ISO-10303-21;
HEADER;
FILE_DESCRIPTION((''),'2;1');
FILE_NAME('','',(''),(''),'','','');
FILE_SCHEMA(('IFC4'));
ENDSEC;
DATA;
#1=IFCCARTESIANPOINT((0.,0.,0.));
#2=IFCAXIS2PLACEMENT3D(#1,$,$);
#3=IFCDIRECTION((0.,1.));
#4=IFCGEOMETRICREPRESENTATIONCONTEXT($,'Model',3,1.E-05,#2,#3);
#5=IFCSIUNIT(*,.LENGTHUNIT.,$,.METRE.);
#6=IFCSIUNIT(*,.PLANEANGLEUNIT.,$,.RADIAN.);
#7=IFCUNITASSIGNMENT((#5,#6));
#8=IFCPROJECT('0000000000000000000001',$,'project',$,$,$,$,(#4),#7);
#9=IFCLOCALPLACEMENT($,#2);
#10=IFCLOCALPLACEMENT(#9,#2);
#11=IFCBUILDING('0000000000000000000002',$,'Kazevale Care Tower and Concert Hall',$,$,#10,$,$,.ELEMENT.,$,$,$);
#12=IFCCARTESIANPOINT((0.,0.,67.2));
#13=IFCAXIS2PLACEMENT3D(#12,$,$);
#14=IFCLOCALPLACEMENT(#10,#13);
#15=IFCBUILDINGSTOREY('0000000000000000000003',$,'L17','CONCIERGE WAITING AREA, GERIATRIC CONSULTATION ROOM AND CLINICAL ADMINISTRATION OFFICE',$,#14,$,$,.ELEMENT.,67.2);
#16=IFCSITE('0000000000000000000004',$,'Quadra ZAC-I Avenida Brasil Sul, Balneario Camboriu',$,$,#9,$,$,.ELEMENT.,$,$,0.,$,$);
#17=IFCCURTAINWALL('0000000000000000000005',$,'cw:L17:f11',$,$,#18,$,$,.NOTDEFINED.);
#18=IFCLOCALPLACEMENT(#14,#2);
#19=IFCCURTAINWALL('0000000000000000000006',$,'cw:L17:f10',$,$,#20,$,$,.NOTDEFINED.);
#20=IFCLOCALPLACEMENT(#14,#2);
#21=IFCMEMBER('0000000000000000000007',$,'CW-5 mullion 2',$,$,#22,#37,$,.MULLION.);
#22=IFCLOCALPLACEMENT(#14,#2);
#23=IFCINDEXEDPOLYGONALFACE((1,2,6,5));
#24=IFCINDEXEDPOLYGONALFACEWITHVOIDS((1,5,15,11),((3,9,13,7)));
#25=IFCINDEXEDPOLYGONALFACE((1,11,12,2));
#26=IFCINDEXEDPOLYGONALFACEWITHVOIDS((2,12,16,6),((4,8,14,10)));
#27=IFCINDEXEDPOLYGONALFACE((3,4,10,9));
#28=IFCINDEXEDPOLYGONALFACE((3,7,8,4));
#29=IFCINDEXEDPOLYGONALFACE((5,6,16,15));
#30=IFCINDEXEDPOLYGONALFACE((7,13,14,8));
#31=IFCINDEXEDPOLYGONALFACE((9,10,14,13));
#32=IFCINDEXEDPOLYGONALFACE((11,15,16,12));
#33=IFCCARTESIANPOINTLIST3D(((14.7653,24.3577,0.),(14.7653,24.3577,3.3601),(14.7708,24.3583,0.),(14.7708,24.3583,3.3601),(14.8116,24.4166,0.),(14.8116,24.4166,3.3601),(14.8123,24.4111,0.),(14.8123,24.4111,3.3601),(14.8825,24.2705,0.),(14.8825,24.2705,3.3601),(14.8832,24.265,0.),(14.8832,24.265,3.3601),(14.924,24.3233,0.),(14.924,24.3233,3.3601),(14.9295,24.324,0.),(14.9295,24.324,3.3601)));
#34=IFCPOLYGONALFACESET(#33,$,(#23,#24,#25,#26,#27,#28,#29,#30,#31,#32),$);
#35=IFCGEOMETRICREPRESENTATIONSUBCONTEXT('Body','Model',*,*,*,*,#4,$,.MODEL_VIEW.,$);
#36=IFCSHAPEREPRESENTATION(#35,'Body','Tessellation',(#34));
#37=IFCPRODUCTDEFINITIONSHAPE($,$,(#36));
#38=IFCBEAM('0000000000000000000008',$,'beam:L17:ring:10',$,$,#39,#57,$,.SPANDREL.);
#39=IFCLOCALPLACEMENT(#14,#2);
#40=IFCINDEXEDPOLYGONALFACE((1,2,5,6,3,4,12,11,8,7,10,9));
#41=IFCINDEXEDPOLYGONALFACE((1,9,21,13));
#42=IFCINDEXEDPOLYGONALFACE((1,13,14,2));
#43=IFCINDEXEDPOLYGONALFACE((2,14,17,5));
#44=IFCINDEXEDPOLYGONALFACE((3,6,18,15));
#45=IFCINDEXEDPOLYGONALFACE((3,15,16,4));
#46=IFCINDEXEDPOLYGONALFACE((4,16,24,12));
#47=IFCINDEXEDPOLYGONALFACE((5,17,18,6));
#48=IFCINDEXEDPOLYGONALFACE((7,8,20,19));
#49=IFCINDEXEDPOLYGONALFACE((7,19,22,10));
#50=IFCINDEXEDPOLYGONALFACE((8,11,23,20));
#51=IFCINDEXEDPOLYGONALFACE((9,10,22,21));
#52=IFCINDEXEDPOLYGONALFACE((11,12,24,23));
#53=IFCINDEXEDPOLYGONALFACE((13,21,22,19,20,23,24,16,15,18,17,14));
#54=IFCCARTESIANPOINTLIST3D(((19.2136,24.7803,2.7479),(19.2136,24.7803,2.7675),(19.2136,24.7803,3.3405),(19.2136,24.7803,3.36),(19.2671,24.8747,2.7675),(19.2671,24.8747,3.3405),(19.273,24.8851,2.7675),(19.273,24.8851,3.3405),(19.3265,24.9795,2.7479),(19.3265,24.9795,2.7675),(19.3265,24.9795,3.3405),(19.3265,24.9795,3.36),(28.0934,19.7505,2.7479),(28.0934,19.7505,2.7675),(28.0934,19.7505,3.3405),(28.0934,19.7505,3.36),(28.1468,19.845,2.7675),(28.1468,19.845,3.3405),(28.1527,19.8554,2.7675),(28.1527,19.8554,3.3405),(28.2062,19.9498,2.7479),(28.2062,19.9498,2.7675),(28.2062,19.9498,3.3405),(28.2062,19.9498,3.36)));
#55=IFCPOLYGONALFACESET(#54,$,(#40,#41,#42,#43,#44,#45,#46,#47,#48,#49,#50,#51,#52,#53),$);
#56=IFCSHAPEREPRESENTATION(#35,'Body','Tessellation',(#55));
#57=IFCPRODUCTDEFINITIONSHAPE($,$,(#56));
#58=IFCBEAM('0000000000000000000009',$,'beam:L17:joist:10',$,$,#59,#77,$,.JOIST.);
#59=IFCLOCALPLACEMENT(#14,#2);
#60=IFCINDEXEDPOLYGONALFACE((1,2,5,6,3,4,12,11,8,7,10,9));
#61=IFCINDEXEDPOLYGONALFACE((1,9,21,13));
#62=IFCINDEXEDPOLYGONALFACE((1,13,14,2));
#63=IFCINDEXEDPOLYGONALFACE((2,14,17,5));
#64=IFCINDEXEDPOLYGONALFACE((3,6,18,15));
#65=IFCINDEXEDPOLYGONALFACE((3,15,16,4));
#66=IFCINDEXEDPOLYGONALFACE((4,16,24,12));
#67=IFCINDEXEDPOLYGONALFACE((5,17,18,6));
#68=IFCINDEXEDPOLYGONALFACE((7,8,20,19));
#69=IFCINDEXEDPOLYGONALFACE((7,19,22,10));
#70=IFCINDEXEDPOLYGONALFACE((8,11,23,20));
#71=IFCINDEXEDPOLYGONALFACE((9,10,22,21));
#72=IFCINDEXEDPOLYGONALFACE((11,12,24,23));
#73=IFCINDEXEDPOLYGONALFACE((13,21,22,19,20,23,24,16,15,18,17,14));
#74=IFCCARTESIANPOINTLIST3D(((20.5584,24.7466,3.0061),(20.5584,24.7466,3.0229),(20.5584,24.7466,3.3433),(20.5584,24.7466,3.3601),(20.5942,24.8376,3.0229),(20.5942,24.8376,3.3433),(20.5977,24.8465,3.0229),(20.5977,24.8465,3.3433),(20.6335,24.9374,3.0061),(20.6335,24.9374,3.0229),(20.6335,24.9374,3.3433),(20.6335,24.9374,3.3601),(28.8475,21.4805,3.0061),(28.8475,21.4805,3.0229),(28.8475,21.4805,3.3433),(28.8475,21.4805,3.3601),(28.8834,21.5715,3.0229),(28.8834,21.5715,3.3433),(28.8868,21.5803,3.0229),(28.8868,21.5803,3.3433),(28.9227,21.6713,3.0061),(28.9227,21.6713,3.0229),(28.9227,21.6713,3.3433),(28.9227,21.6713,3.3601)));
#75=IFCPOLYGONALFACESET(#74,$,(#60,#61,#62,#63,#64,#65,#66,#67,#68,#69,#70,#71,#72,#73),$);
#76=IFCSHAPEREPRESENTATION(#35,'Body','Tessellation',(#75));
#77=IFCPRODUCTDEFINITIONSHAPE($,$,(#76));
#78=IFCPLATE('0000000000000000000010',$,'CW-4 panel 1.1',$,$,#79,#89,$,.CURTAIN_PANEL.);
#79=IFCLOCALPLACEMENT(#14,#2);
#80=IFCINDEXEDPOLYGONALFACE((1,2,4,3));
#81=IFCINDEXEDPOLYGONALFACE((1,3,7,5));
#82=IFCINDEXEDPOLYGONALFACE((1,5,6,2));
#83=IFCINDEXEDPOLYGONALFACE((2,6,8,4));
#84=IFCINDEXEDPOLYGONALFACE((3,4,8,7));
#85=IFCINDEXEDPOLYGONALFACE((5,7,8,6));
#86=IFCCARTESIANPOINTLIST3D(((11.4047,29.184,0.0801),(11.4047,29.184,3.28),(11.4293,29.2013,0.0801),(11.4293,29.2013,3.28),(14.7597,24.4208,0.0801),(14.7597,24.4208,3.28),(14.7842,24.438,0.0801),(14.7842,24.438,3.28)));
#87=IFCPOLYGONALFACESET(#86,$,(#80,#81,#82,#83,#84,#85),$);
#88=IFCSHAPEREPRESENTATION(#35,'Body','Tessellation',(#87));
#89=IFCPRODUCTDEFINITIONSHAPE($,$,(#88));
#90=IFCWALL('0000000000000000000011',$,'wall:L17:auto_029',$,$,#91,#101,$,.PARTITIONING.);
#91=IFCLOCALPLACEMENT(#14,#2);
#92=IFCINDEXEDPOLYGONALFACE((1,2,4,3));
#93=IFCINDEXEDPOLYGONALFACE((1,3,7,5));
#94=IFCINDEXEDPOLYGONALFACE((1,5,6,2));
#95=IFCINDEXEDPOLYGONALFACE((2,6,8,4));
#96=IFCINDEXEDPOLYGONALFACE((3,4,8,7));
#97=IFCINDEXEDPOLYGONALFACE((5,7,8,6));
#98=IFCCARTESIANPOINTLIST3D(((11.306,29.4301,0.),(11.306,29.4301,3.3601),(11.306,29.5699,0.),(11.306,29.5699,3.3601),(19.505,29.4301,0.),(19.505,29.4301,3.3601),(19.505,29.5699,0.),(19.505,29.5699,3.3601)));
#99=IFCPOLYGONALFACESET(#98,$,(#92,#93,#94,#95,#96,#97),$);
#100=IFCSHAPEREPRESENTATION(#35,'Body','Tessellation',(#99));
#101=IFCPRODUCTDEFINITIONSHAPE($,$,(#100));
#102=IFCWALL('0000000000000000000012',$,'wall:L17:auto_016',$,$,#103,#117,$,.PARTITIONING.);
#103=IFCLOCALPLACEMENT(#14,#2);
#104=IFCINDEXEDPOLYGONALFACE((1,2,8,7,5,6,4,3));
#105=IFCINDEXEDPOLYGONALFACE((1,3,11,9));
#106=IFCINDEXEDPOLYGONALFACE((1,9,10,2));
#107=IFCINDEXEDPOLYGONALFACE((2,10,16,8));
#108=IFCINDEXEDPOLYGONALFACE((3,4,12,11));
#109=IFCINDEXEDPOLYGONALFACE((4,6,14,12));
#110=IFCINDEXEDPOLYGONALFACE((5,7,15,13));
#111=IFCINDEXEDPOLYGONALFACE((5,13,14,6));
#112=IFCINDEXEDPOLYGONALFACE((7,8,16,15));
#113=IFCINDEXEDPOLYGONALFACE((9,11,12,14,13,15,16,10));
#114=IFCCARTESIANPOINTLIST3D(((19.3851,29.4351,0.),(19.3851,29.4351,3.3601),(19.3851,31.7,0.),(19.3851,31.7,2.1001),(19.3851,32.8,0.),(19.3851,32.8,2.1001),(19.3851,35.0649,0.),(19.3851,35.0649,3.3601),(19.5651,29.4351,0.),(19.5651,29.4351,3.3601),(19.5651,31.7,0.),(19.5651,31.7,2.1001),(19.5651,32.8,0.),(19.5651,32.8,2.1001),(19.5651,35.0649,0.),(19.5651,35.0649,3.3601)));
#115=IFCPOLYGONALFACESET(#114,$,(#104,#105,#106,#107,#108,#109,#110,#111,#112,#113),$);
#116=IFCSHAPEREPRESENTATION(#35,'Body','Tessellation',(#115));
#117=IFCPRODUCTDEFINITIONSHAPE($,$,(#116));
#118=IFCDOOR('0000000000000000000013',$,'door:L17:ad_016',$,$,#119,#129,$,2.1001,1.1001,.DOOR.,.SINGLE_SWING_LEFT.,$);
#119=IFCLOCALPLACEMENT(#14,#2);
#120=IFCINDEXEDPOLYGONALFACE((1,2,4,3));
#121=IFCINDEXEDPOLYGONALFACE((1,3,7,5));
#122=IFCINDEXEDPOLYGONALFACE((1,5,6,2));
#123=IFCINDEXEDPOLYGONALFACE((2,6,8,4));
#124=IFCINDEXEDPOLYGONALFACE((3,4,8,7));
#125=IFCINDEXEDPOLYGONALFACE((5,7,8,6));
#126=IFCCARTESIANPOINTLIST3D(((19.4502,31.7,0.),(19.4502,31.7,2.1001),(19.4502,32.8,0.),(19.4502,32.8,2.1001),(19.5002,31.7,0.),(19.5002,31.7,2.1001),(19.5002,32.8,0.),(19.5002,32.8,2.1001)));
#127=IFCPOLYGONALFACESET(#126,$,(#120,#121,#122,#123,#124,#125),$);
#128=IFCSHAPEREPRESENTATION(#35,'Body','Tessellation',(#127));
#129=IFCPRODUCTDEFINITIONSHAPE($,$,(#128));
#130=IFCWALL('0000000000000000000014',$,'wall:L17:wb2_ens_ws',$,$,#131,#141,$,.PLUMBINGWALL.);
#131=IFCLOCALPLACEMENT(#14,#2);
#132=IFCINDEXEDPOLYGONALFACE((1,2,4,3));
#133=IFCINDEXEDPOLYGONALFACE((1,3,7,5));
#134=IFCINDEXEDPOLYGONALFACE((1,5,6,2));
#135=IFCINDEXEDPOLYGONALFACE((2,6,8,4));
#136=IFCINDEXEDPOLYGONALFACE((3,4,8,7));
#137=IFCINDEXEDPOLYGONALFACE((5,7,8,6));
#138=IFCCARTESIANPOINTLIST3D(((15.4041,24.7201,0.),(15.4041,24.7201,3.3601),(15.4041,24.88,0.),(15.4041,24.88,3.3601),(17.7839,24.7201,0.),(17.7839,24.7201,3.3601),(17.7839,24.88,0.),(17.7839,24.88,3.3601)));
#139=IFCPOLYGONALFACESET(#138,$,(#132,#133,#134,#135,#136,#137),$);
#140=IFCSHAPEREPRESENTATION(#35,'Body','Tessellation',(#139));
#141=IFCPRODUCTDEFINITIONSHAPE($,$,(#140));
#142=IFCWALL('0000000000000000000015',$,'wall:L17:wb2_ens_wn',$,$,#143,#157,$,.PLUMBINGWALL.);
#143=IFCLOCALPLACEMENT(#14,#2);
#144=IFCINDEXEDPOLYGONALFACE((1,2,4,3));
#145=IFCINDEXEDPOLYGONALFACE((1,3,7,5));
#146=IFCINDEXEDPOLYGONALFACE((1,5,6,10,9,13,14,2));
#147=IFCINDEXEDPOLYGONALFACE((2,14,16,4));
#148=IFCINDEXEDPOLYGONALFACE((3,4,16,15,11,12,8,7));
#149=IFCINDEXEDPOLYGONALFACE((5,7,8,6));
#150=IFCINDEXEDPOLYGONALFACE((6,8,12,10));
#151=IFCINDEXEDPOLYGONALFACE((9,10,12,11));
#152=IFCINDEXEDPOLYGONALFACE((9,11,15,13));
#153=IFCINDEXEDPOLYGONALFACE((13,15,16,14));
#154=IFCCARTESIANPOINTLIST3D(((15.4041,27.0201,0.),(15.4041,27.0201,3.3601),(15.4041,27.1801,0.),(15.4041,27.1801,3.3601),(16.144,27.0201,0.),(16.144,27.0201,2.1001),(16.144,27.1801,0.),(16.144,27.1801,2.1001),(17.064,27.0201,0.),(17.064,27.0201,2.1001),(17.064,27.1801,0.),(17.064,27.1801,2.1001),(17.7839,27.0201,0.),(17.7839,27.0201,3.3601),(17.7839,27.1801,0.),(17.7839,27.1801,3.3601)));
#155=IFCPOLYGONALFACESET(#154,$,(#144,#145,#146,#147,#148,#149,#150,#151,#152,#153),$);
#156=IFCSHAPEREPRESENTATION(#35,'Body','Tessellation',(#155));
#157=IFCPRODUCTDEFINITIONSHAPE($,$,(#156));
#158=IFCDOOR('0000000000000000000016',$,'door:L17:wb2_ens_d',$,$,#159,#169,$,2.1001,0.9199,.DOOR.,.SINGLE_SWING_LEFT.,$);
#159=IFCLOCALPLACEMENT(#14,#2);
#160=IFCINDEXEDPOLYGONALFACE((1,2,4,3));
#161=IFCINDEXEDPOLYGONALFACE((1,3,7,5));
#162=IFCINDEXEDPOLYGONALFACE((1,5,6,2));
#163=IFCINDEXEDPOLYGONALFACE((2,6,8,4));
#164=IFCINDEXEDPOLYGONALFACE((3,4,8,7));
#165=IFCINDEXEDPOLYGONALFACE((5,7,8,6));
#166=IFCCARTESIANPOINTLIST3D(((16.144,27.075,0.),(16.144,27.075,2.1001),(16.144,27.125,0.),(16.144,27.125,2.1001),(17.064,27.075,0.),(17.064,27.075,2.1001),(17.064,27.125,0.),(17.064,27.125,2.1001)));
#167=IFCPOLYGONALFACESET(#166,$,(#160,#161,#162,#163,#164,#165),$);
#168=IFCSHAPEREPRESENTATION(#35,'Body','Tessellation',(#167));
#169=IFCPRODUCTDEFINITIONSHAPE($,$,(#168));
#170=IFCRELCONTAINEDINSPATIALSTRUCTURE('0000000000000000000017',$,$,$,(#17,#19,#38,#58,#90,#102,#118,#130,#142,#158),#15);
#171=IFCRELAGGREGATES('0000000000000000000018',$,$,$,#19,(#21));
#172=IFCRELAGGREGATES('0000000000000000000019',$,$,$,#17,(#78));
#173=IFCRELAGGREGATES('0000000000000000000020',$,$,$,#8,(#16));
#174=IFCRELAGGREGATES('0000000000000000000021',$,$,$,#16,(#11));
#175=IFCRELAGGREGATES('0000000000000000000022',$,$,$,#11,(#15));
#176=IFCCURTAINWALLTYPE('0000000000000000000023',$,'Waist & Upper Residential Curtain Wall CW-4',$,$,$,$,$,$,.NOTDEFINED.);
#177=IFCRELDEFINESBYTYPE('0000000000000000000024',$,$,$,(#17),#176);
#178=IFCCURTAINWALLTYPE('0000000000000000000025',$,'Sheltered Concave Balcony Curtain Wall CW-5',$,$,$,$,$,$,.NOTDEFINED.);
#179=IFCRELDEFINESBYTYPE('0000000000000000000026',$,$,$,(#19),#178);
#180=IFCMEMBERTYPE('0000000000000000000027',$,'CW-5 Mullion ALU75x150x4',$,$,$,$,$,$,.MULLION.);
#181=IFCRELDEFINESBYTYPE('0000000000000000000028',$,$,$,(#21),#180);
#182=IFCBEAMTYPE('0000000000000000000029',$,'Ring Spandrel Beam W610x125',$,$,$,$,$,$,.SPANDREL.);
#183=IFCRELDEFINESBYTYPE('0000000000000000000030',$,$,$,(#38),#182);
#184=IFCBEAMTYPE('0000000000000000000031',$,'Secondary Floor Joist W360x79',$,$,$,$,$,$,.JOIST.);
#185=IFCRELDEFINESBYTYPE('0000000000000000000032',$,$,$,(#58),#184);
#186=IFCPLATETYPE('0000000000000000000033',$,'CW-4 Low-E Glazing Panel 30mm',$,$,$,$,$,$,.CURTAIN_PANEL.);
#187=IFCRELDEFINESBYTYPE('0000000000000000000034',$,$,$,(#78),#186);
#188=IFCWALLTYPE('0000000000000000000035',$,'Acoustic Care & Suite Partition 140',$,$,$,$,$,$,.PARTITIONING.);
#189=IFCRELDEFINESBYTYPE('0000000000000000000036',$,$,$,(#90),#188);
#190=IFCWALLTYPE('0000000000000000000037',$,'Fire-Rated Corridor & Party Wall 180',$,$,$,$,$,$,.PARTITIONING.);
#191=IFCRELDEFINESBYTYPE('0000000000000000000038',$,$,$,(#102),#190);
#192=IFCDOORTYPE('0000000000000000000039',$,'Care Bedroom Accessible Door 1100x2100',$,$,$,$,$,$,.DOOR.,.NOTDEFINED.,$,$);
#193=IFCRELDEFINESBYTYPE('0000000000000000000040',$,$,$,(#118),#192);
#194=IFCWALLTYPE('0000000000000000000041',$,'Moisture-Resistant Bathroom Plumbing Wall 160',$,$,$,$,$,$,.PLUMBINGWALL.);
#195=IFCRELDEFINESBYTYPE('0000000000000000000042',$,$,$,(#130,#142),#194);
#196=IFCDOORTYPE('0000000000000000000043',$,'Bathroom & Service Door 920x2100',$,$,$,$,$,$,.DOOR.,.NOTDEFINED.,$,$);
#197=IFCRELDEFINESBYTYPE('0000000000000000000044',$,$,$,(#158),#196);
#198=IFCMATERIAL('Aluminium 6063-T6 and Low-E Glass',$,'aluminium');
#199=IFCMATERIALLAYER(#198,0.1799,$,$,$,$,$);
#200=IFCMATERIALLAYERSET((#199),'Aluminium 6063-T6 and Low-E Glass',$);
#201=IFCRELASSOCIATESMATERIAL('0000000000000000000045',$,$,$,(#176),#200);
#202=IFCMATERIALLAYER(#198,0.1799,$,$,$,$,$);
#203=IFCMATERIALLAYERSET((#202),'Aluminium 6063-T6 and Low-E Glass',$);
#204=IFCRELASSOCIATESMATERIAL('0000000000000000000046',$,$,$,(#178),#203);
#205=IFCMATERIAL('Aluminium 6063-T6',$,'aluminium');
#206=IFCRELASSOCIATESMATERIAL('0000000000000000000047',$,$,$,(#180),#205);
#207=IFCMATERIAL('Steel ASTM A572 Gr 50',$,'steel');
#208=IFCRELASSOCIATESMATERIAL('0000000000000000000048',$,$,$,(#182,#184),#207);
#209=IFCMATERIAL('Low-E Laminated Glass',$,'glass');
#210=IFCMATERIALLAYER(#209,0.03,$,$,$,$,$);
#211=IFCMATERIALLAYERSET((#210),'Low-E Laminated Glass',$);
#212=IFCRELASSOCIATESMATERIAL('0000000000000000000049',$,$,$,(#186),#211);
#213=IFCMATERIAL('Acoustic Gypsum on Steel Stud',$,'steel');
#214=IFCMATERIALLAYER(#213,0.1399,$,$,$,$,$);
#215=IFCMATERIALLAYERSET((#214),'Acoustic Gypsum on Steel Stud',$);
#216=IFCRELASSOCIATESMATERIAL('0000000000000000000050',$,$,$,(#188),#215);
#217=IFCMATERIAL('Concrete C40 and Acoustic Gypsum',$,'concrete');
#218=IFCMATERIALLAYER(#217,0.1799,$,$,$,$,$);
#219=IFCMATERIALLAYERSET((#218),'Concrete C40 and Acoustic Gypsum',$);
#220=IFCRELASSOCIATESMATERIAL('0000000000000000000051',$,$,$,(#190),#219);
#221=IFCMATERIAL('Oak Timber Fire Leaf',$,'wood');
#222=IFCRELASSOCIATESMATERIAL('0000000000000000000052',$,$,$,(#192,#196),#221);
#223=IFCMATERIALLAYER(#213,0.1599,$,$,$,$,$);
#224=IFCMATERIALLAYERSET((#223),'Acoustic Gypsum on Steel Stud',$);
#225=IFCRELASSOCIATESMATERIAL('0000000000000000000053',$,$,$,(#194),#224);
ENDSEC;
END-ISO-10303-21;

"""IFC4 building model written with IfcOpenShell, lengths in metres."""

from ifc_helpers import new_model, si_unit, direction, frame, frame_2d, origin, origin_2d, place, context, subcontext, project, spatial, rectangle, hollow_rectangle, i_section, extrude, material, layer, layer_set, material_profile, profile_set, type_object, element, fill, aggregate, save


model = new_model("IFC4")

# Units and contexts
model_context = context("Model", 3, precision=1e-05, world=origin(), true_north=direction((0.0, 1.0)))
body_context = subcontext(model_context, "Body", "Model", "MODEL_VIEW")
ifc_project = project(units=[si_unit("LENGTHUNIT", "METRE"), si_unit("PLANEANGLEUNIT", "RADIAN")], contexts=[model_context])

# Site, building, storey
site_placement = place(None, origin())
site = spatial("IfcSite", under=ifc_project, at=site_placement, Name="Quadra ZAC-I Avenida Brasil Sul, Balneario Camboriu", CompositionType="ELEMENT", RefElevation=0.0)
building_placement = place(site_placement, origin())
building = spatial("IfcBuilding", under=site, at=building_placement, Name="Kazevale Care Tower and Concert Hall", CompositionType="ELEMENT")
storey_placement = place(building_placement, frame((0.0, 0.0, 67.2)))
storey = spatial("IfcBuildingStorey", under=building, at=storey_placement, Name="L17", Description="CONCIERGE WAITING AREA, GERIATRIC CONSULTATION ROOM AND CLINICAL ADMINISTRATION OFFICE", CompositionType="ELEMENT", Elevation=67.2)

# Curtain wall
ifc_material_1 = material(Name="Aluminium 6063-T6 and Low-E Glass", Category="aluminium")
ifc_layer_1 = layer(ifc_material_1, 0.1799)
ifc_layer_set_1 = layer_set([ifc_layer_1], Name="Aluminium 6063-T6 and Low-E Glass")
curtain_wall_type_1 = type_object("IfcCurtainWallType", Name="Waist & Upper Residential Curtain Wall CW-4", PredefinedType="NOTDEFINED", material=ifc_layer_set_1)
curtain_wall_1_placement = place(storey_placement, origin())
curtain_wall_1 = element("IfcCurtainWall", 1, at=curtain_wall_1_placement, inside=storey, type_object=curtain_wall_type_1, Name="cw:L17:f11", PredefinedType="NOTDEFINED")
ifc_material_2 = material(Name="Aluminium 6063-T6", Category="aluminium")

# Curtain wall, member
ifc_layer_2 = layer(ifc_material_1, 0.1799)
ifc_layer_set_2 = layer_set([ifc_layer_2], Name="Aluminium 6063-T6 and Low-E Glass")
curtain_wall_type_2 = type_object("IfcCurtainWallType", Name="Sheltered Concave Balcony Curtain Wall CW-5", PredefinedType="NOTDEFINED", material=ifc_layer_set_2)
curtain_wall_2_placement = place(storey_placement, origin())
curtain_wall_2 = element("IfcCurtainWall", 2, at=curtain_wall_2_placement, inside=storey, type_object=curtain_wall_type_2, Name="cw:L17:f10", PredefinedType="NOTDEFINED")
ifc_material_profile_1 = material_profile(ifc_material_2, hollow_rectangle(XDim=0.075, YDim=0.1499, WallThickness=0.0039, at=origin_2d()), Name="ALU75x150x4")
ifc_profile_set_1 = profile_set([ifc_material_profile_1], Name="Aluminium 6063-T6")
member_type_1 = type_object("IfcMemberType", Name="CW-5 Mullion ALU75x150x4", PredefinedType="MULLION", material=ifc_profile_set_1)
member_1_placement = place(storey_placement, frame((14.8474, 24.3408, 0.0), z_axis=(0.0, 0.0, 1.0), x_axis=(-0.617808, -0.786329, 0.0)))
member_1 = element("IfcMember", 3, at=member_1_placement, type_object=member_type_1, Name="CW-5 mullion 2", PredefinedType="MULLION", context=body_context, shape_type="SweptSolid", body=[
    extrude(hollow_rectangle(XDim=0.075, YDim=0.1499, WallThickness=0.0039, at=origin_2d()), origin(), (0.0, 0.0, 1.0), 3.3601),
])
aggregate(curtain_wall_2, [member_1])

# Beams
ifc_material_3 = material(Name="Steel ASTM A572 Gr 50", Category="steel")
ifc_material_profile_2 = material_profile(ifc_material_3, i_section(OverallWidth=0.229, OverallDepth=0.6121, WebThickness=0.012, FlangeThickness=0.0195, at=origin_2d()), Name="W610x125")
ifc_profile_set_2 = profile_set([ifc_material_profile_2], Name="Steel ASTM A572 Gr 50")
beam_type_1 = type_object("IfcBeamType", Name="Ring Spandrel Beam W610x125", PredefinedType="SPANDREL", material=ifc_profile_set_2)
beam_1_placement = place(storey_placement, frame((19.27, 24.8799, 3.054), z_axis=(0.870112, -0.492853, 0.0), x_axis=(0.492853, 0.870112, 0.0)))
element("IfcBeam", 4, at=beam_1_placement, inside=storey, type_object=beam_type_1, Name="beam:L17:ring:10", PredefinedType="SPANDREL", context=body_context, shape_type="SweptSolid", body=[
    extrude(i_section(OverallWidth=0.229, OverallDepth=0.6121, WebThickness=0.012, FlangeThickness=0.0195, at=origin_2d()), origin(), (0.0, 0.0, 1.0), 10.2053),
])
ifc_material_profile_3 = material_profile(ifc_material_3, i_section(OverallWidth=0.2051, OverallDepth=0.354, WebThickness=0.0095, FlangeThickness=0.0168, at=origin_2d()), Name="W360x79")
ifc_profile_set_3 = profile_set([ifc_material_profile_3], Name="Steel ASTM A572 Gr 50")
beam_type_2 = type_object("IfcBeamType", Name="Secondary Floor Joist W360x79", PredefinedType="JOIST", material=ifc_profile_set_3)
beam_2_placement = place(storey_placement, frame((20.5959, 24.842, 3.1831), z_axis=(0.930381, -0.366595, 0.0), x_axis=(0.366595, 0.930381, 0.0)))
element("IfcBeam", 5, at=beam_2_placement, inside=storey, type_object=beam_type_2, Name="beam:L17:joist:10", PredefinedType="JOIST", context=body_context, shape_type="SweptSolid", body=[
    extrude(i_section(OverallWidth=0.2051, OverallDepth=0.354, WebThickness=0.0095, FlangeThickness=0.0168, at=origin_2d()), origin(), (0.0, 0.0, 1.0), 8.9094),
])

# Plate
ifc_material_4 = material(Name="Low-E Laminated Glass", Category="glass")
ifc_layer_3 = layer(ifc_material_4, 0.03)
ifc_layer_set_3 = layer_set([ifc_layer_3], Name="Low-E Laminated Glass")
plate_type = type_object("IfcPlateType", Name="CW-4 Low-E Glazing Panel 30mm", PredefinedType="CURTAIN_PANEL", material=ifc_layer_set_3)
plate_placement = place(storey_placement, frame((13.0945, 26.811, 0.0801), z_axis=(0.0, 0.0, 1.0), x_axis=(-0.575837, 0.817565, 0.0)))
plate = element("IfcPlate", 6, at=plate_placement, type_object=plate_type, Name="CW-4 panel 1.1", PredefinedType="CURTAIN_PANEL", context=body_context, shape_type="SweptSolid", body=[
    extrude(rectangle(XDim=5.8262, YDim=0.03, at=origin_2d()), origin(), (0.0, 0.0, 1.0), 3.2),
])
aggregate(curtain_wall_1, [plate])

# Wall
ifc_material_5 = material(Name="Acoustic Gypsum on Steel Stud", Category="steel")
ifc_layer_4 = layer(ifc_material_5, 0.1399)
ifc_layer_set_4 = layer_set([ifc_layer_4], Name="Acoustic Gypsum on Steel Stud")
wall_type_1 = type_object("IfcWallType", Name="Acoustic Care & Suite Partition 140", PredefinedType="PARTITIONING", material=ifc_layer_set_4)
wall_1_placement = place(storey_placement, frame((11.3059, 29.5, 0.0), z_axis=(0.0, 0.0, 1.0), x_axis=(1.0, 0.0, 0.0)))
element("IfcWall", 7, at=wall_1_placement, inside=storey, type_object=wall_type_1, Name="wall:L17:auto_029", PredefinedType="PARTITIONING", context=body_context, shape_type="SweptSolid", body=[
    extrude(rectangle(XDim=8.199, YDim=0.1399, at=frame_2d((4.0996, 0.0))), origin(), (0.0, 0.0, 1.0), 3.3601),
])

# Wall, opening, door
ifc_material_6 = material(Name="Concrete C40 and Acoustic Gypsum", Category="concrete")
ifc_layer_5 = layer(ifc_material_6, 0.1799)
ifc_layer_set_5 = layer_set([ifc_layer_5], Name="Concrete C40 and Acoustic Gypsum")
wall_type_2 = type_object("IfcWallType", Name="Fire-Rated Corridor & Party Wall 180", PredefinedType="PARTITIONING", material=ifc_layer_set_5)
wall_2_placement = place(storey_placement, frame((19.4751, 29.4351, 0.0), z_axis=(0.0, 0.0, 1.0), x_axis=(0.0, 1.0, 0.0)))
wall_2 = element("IfcWall", 8, at=wall_2_placement, inside=storey, type_object=wall_type_2, Name="wall:L17:auto_016", PredefinedType="PARTITIONING", context=body_context, shape_type="SweptSolid", body=[
    extrude(rectangle(XDim=5.6299, YDim=0.1799, at=frame_2d((2.8149, 0.0))), origin(), (0.0, 0.0, 1.0), 3.3601),
])
opening_1_placement = place(wall_2_placement, frame((2.2649, 0.0, 0.0)))
opening_1 = element("IfcOpeningElement", 9, at=opening_1_placement, cuts=wall_2, PredefinedType="OPENING", context=body_context, shape_type="SweptSolid", body=[
    extrude(rectangle(XDim=1.1001, YDim=2.1001, at=frame_2d((0.55, 1.05))), frame((0.0, 0.0999, 0.0), z_axis=(0.0, -1.0, 0.0), x_axis=(1.0, 0.0, 0.0)), (0.0, 0.0, 1.0), 0.2),
])
ifc_material_7 = material(Name="Oak Timber Fire Leaf", Category="wood")
door_type_1 = type_object("IfcDoorType", Name="Care Bedroom Accessible Door 1100x2100", OperationType="NOTDEFINED", PredefinedType="DOOR", material=ifc_material_7)
door_1_placement = place(opening_1_placement, origin())
door_1 = element("IfcDoor", 10, at=door_1_placement, inside=storey, type_object=door_type_1, Name="door:L17:ad_016", OperationType="SINGLE_SWING_LEFT", OverallHeight=2.1001, OverallWidth=1.1001, PredefinedType="DOOR", context=body_context, shape_type="SweptSolid", body=[
    extrude(rectangle(XDim=1.1001, YDim=2.1001, at=frame_2d((0.55, 1.05))), frame((0.0, 0.0249, 0.0), z_axis=(0.0, -1.0, 0.0), x_axis=(1.0, 0.0, 0.0)), (0.0, 0.0, 1.0), 0.05),
])
fill(opening_1, door_1)

# Wall
ifc_layer_6 = layer(ifc_material_5, 0.1599)
ifc_layer_set_6 = layer_set([ifc_layer_6], Name="Acoustic Gypsum on Steel Stud")
wall_type_3 = type_object("IfcWallType", Name="Moisture-Resistant Bathroom Plumbing Wall 160", PredefinedType="PLUMBINGWALL", material=ifc_layer_set_6)
wall_3_placement = place(storey_placement, frame((15.4041, 24.8, 0.0), z_axis=(0.0, 0.0, 1.0), x_axis=(1.0, 0.0, 0.0)))
element("IfcWall", 11, at=wall_3_placement, inside=storey, type_object=wall_type_3, Name="wall:L17:wb2_ens_ws", PredefinedType="PLUMBINGWALL", context=body_context, shape_type="SweptSolid", body=[
    extrude(rectangle(XDim=2.3799, YDim=0.1599, at=frame_2d((1.1899, 0.0))), origin(), (0.0, 0.0, 1.0), 3.3601),
])

# Wall, opening, door
wall_4_placement = place(storey_placement, frame((15.4041, 27.1001, 0.0), z_axis=(0.0, 0.0, 1.0), x_axis=(1.0, 0.0, 0.0)))
wall_4 = element("IfcWall", 12, at=wall_4_placement, inside=storey, type_object=wall_type_3, Name="wall:L17:wb2_ens_wn", PredefinedType="PLUMBINGWALL", context=body_context, shape_type="SweptSolid", body=[
    extrude(rectangle(XDim=2.3799, YDim=0.1599, at=frame_2d((1.1899, 0.0))), origin(), (0.0, 0.0, 1.0), 3.3601),
])
opening_2_placement = place(wall_4_placement, frame((0.74, 0.0, 0.0)))
opening_2 = element("IfcOpeningElement", 13, at=opening_2_placement, cuts=wall_4, PredefinedType="OPENING", context=body_context, shape_type="SweptSolid", body=[
    extrude(rectangle(XDim=0.9199, YDim=2.1001, at=frame_2d((0.46, 1.05))), frame((0.0, 0.0898, 0.0), z_axis=(0.0, -1.0, 0.0), x_axis=(1.0, 0.0, 0.0)), (0.0, 0.0, 1.0), 0.1799),
])
door_type_2 = type_object("IfcDoorType", Name="Bathroom & Service Door 920x2100", OperationType="NOTDEFINED", PredefinedType="DOOR", material=ifc_material_7)
door_2_placement = place(opening_2_placement, origin())
door_2 = element("IfcDoor", 14, at=door_2_placement, inside=storey, type_object=door_type_2, Name="door:L17:wb2_ens_d", OperationType="SINGLE_SWING_LEFT", OverallHeight=2.1001, OverallWidth=0.9199, PredefinedType="DOOR", context=body_context, shape_type="SweptSolid", body=[
    extrude(rectangle(XDim=0.9199, YDim=2.1001, at=frame_2d((0.46, 1.05))), frame((0.0, 0.0249, 0.0), z_axis=(0.0, -1.0, 0.0), x_axis=(1.0, 0.0, 0.0)), (0.0, 0.0, 1.0), 0.05),
])
fill(opening_2, door_2)

save(model, "model.ifc")
